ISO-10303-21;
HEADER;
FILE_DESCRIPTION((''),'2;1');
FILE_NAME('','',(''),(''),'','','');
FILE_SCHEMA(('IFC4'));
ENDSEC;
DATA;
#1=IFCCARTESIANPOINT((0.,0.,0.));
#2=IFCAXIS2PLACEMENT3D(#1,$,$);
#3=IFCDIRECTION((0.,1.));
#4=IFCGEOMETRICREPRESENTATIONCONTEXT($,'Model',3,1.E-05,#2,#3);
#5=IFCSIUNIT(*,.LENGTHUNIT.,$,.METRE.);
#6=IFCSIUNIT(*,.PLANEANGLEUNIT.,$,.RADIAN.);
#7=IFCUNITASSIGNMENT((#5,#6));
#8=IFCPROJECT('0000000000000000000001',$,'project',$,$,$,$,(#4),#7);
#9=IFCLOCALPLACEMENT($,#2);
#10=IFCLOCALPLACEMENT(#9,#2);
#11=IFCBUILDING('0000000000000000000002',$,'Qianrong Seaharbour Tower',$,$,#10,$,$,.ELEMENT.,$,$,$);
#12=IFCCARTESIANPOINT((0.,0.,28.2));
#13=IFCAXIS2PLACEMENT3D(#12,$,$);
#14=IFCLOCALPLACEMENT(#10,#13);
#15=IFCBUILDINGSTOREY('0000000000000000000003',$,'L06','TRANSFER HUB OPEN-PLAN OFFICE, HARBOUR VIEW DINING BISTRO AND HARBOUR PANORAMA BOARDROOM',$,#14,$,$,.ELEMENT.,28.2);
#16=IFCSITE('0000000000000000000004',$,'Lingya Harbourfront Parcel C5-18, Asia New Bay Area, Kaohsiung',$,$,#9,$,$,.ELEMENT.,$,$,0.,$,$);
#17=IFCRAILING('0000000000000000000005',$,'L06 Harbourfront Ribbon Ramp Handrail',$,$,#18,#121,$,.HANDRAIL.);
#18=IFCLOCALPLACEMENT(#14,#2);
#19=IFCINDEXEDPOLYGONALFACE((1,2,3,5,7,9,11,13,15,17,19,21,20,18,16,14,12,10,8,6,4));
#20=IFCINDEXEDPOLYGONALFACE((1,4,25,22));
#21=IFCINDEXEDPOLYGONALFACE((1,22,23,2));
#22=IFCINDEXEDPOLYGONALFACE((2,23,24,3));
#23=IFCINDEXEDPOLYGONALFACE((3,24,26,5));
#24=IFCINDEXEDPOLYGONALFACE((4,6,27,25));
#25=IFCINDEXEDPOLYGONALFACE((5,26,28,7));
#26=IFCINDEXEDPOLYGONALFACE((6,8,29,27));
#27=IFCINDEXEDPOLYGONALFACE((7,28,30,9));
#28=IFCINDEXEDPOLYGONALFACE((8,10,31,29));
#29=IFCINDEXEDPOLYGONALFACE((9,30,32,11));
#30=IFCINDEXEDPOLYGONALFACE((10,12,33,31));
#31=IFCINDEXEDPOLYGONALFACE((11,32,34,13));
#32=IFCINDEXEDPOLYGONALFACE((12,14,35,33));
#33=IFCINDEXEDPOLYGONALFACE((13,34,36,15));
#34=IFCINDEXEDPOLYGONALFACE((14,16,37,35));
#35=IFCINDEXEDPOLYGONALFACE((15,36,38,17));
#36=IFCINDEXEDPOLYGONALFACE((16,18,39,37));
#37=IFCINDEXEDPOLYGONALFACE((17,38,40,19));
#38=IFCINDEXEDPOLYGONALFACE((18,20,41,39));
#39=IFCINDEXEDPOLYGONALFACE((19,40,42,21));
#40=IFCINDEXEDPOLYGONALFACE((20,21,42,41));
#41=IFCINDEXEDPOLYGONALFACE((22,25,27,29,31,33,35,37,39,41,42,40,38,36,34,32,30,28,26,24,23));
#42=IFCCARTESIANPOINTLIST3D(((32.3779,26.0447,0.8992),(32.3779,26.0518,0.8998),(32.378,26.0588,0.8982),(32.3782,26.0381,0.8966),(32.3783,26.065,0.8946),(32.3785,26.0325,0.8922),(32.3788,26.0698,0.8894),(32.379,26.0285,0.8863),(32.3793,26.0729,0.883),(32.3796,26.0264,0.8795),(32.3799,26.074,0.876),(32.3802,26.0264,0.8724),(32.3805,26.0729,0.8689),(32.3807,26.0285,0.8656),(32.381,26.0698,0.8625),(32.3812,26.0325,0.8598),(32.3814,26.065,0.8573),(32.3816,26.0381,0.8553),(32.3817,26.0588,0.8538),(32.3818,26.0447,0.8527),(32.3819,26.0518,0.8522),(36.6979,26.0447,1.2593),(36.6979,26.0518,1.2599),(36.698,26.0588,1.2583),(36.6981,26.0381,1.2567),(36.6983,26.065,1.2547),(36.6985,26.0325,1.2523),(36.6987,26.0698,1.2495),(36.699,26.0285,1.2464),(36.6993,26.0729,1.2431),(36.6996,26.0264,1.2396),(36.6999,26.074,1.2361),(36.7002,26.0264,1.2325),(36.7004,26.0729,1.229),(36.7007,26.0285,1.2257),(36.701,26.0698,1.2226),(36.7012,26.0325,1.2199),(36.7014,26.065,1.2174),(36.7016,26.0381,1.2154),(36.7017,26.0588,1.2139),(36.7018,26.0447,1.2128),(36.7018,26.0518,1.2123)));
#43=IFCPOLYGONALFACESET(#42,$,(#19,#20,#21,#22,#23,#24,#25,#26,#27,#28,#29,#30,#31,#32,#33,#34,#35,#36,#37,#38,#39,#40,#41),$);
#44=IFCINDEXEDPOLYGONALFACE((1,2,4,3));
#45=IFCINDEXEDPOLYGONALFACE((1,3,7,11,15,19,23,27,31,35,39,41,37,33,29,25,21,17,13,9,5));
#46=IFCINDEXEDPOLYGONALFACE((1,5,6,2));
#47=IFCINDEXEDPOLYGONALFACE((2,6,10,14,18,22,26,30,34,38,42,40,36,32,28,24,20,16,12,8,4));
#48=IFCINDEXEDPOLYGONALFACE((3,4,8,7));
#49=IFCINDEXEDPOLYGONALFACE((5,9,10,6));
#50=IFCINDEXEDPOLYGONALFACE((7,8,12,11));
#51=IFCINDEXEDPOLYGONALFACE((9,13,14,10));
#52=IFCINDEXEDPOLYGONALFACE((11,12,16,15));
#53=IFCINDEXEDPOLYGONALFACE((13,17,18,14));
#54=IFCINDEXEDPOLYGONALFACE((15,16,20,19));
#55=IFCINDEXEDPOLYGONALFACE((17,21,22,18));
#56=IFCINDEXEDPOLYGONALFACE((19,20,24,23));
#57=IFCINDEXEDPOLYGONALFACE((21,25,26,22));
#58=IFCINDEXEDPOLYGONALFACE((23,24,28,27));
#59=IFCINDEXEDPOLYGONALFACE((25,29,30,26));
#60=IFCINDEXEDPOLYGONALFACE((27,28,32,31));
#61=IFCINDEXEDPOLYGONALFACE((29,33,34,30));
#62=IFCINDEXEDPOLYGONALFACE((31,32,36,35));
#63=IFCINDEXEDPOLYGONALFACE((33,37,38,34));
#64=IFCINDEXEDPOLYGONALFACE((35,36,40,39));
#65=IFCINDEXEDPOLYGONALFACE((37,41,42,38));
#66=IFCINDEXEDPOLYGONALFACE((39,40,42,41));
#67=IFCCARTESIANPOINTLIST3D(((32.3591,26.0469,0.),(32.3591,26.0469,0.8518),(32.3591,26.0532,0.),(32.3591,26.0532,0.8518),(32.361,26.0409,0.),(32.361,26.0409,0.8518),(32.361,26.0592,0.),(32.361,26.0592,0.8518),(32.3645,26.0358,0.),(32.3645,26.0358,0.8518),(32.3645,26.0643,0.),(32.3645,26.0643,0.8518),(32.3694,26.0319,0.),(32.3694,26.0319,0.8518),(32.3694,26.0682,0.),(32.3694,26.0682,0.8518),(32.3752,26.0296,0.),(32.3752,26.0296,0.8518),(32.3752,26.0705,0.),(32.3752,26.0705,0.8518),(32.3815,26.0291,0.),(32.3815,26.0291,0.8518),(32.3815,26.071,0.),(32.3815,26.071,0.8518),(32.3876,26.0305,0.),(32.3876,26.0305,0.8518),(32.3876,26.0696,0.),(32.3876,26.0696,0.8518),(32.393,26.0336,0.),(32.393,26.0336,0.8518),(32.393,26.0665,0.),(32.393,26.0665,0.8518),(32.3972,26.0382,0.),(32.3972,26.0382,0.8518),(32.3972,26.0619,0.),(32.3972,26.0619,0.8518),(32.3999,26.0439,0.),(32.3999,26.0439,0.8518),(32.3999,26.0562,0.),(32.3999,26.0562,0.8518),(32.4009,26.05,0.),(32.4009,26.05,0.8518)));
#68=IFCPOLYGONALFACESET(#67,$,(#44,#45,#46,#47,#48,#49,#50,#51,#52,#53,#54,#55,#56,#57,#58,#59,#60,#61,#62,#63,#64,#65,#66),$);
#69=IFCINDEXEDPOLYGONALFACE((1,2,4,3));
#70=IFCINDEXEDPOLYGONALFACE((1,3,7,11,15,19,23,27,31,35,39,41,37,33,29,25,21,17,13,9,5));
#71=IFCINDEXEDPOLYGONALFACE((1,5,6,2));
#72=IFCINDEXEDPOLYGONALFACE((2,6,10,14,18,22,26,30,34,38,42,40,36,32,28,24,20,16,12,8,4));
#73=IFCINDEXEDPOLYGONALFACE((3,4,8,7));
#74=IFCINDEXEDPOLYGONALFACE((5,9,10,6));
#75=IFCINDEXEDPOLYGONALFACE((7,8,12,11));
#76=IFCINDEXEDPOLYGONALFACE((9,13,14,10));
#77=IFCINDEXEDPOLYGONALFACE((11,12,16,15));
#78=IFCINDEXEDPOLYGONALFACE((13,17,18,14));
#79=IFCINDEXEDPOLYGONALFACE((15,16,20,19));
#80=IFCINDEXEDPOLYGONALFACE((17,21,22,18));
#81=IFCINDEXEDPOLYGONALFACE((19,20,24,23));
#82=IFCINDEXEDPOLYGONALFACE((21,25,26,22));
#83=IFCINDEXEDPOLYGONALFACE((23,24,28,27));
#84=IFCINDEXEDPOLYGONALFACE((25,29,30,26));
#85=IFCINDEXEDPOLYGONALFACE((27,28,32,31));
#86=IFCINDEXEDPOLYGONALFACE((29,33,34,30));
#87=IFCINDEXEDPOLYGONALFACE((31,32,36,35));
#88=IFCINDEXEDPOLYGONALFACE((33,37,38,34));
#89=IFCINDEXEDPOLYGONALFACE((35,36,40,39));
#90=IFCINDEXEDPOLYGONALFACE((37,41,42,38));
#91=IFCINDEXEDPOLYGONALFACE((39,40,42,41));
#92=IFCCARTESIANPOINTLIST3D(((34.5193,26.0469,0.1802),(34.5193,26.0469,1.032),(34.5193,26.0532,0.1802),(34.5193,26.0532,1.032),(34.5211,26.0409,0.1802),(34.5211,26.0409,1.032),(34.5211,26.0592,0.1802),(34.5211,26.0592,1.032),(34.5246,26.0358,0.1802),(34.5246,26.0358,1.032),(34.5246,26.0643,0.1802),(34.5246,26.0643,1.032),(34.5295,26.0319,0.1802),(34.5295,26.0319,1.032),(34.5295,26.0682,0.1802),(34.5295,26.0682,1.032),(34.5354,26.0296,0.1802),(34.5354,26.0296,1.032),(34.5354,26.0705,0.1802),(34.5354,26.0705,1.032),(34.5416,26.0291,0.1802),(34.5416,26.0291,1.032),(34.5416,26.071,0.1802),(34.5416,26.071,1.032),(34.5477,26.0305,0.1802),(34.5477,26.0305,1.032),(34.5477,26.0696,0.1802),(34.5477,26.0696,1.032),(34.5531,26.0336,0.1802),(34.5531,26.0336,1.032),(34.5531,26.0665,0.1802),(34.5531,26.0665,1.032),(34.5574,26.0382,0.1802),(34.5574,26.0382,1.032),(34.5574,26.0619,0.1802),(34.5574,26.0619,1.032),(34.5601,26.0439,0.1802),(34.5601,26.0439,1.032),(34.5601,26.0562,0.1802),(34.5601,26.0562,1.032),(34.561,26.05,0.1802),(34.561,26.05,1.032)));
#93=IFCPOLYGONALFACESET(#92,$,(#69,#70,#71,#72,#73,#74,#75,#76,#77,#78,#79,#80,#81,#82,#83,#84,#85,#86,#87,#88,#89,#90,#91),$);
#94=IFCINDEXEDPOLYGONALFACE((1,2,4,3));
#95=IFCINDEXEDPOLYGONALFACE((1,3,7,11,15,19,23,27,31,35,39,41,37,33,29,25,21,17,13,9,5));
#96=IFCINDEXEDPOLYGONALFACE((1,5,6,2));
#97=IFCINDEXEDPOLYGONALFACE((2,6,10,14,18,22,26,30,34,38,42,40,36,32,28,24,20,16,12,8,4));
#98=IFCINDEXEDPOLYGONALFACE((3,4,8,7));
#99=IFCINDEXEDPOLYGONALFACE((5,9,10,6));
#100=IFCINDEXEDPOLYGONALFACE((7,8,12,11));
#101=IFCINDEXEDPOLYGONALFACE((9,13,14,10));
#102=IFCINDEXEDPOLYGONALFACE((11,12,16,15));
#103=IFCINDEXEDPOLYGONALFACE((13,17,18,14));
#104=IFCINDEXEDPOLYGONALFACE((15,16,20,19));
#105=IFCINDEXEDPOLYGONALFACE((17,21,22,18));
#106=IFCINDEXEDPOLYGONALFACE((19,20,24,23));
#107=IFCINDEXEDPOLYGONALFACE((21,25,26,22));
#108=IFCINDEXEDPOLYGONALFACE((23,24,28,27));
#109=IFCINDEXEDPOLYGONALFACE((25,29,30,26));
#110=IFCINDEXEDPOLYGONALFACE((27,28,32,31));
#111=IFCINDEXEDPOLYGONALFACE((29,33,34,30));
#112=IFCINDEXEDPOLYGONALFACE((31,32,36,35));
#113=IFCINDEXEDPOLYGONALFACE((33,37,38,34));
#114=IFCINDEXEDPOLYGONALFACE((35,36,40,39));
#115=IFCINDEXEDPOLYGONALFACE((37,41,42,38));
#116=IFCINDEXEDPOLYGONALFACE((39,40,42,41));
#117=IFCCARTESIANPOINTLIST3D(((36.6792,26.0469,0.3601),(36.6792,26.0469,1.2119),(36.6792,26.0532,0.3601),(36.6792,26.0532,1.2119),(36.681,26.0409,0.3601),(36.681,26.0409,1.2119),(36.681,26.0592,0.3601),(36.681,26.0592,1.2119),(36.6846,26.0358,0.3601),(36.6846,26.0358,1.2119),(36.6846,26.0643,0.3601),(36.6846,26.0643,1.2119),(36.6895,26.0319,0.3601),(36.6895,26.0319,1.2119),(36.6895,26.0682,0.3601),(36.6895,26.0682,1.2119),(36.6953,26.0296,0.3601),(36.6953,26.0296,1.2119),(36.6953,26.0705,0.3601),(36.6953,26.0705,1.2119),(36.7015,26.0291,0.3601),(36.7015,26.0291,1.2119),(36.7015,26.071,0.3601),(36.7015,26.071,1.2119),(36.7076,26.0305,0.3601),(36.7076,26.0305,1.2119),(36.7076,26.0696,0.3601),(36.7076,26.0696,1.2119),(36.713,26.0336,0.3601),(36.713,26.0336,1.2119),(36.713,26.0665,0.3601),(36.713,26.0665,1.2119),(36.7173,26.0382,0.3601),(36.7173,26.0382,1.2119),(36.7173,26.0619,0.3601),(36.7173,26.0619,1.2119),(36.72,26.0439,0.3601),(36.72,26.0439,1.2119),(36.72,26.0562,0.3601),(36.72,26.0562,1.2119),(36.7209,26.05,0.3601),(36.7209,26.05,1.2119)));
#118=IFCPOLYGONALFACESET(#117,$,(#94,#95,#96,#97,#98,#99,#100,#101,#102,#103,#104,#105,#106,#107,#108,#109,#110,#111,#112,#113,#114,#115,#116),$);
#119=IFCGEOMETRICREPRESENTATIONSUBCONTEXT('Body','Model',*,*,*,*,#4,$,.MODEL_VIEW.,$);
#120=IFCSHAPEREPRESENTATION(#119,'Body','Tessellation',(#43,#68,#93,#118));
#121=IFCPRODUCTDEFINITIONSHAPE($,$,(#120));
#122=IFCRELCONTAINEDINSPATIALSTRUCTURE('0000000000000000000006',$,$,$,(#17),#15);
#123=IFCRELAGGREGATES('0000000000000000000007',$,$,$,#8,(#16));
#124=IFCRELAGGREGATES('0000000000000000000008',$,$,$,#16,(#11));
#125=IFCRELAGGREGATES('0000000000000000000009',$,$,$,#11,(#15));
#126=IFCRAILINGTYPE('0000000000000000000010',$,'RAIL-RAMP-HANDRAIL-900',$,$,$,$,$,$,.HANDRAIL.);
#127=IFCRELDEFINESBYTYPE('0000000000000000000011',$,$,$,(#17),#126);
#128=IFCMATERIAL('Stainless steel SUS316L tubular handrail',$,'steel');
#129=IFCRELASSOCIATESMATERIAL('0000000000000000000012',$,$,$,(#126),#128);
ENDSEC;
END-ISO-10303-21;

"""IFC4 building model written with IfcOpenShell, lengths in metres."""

from ifc_helpers import new_model, si_unit, direction, frame, origin, origin_2d, place, context, subcontext, project, spatial, circle, extrude, material, type_object, element, save


model = new_model("IFC4")

# Units and contexts
model_context = context("Model", 3, precision=1e-05, world=origin(), true_north=direction((0.0, 1.0)))
body_context = subcontext(model_context, "Body", "Model", "MODEL_VIEW")
ifc_project = project(units=[si_unit("LENGTHUNIT", "METRE"), si_unit("PLANEANGLEUNIT", "RADIAN")], contexts=[model_context])

# Site, building, storey
site_placement = place(None, origin())
site = spatial("IfcSite", under=ifc_project, at=site_placement, Name="Lingya Harbourfront Parcel C5-18, Asia New Bay Area, Kaohsiung", CompositionType="ELEMENT", RefElevation=0.0)
building_placement = place(site_placement, origin())
building = spatial("IfcBuilding", under=site, at=building_placement, Name="Qianrong Seaharbour Tower", CompositionType="ELEMENT")
storey_placement = place(building_placement, frame((0.0, 0.0, 28.2)))
storey = spatial("IfcBuildingStorey", under=building, at=storey_placement, Name="L06", Description="TRANSFER HUB OPEN-PLAN OFFICE, HARBOUR VIEW DINING BISTRO AND HARBOUR PANORAMA BOARDROOM", CompositionType="ELEMENT", Elevation=28.2)

# Railing
ifc_material_1 = material(Name="Stainless steel SUS316L tubular handrail", Category="steel")
railing_type = type_object("IfcRailingType", Name="RAIL-RAMP-HANDRAIL-900", PredefinedType="HANDRAIL", material=ifc_material_1)
railing_placement = place(storey_placement, frame((32.3799, 26.05, 0.0)))
element("IfcRailing", 1, at=railing_placement, inside=storey, type_object=railing_type, Name="L06 Harbourfront Ribbon Ramp Handrail", PredefinedType="HANDRAIL", context=body_context, shape_type="SweptSolid", body=[
    extrude(circle(Radius=0.0239, at=origin_2d()), frame((0.0, 0.0, 0.876), z_axis=(0.996544, 0.0, 0.083069), x_axis=(0.0, 1.0, 0.0)), (0.0, 0.0, 1.0), 4.335),
    extrude(circle(Radius=0.021, at=origin_2d()), origin(), (0.0, 0.0, 1.0), 0.8518),
    extrude(circle(Radius=0.021, at=origin_2d()), frame((2.1602, 0.0, 0.1802)), (0.0, 0.0, 1.0), 0.8518),
    extrude(circle(Radius=0.021, at=origin_2d()), frame((4.3201, 0.0, 0.3601)), (0.0, 0.0, 1.0), 0.8518),
])

save(model, "model.ifc")
